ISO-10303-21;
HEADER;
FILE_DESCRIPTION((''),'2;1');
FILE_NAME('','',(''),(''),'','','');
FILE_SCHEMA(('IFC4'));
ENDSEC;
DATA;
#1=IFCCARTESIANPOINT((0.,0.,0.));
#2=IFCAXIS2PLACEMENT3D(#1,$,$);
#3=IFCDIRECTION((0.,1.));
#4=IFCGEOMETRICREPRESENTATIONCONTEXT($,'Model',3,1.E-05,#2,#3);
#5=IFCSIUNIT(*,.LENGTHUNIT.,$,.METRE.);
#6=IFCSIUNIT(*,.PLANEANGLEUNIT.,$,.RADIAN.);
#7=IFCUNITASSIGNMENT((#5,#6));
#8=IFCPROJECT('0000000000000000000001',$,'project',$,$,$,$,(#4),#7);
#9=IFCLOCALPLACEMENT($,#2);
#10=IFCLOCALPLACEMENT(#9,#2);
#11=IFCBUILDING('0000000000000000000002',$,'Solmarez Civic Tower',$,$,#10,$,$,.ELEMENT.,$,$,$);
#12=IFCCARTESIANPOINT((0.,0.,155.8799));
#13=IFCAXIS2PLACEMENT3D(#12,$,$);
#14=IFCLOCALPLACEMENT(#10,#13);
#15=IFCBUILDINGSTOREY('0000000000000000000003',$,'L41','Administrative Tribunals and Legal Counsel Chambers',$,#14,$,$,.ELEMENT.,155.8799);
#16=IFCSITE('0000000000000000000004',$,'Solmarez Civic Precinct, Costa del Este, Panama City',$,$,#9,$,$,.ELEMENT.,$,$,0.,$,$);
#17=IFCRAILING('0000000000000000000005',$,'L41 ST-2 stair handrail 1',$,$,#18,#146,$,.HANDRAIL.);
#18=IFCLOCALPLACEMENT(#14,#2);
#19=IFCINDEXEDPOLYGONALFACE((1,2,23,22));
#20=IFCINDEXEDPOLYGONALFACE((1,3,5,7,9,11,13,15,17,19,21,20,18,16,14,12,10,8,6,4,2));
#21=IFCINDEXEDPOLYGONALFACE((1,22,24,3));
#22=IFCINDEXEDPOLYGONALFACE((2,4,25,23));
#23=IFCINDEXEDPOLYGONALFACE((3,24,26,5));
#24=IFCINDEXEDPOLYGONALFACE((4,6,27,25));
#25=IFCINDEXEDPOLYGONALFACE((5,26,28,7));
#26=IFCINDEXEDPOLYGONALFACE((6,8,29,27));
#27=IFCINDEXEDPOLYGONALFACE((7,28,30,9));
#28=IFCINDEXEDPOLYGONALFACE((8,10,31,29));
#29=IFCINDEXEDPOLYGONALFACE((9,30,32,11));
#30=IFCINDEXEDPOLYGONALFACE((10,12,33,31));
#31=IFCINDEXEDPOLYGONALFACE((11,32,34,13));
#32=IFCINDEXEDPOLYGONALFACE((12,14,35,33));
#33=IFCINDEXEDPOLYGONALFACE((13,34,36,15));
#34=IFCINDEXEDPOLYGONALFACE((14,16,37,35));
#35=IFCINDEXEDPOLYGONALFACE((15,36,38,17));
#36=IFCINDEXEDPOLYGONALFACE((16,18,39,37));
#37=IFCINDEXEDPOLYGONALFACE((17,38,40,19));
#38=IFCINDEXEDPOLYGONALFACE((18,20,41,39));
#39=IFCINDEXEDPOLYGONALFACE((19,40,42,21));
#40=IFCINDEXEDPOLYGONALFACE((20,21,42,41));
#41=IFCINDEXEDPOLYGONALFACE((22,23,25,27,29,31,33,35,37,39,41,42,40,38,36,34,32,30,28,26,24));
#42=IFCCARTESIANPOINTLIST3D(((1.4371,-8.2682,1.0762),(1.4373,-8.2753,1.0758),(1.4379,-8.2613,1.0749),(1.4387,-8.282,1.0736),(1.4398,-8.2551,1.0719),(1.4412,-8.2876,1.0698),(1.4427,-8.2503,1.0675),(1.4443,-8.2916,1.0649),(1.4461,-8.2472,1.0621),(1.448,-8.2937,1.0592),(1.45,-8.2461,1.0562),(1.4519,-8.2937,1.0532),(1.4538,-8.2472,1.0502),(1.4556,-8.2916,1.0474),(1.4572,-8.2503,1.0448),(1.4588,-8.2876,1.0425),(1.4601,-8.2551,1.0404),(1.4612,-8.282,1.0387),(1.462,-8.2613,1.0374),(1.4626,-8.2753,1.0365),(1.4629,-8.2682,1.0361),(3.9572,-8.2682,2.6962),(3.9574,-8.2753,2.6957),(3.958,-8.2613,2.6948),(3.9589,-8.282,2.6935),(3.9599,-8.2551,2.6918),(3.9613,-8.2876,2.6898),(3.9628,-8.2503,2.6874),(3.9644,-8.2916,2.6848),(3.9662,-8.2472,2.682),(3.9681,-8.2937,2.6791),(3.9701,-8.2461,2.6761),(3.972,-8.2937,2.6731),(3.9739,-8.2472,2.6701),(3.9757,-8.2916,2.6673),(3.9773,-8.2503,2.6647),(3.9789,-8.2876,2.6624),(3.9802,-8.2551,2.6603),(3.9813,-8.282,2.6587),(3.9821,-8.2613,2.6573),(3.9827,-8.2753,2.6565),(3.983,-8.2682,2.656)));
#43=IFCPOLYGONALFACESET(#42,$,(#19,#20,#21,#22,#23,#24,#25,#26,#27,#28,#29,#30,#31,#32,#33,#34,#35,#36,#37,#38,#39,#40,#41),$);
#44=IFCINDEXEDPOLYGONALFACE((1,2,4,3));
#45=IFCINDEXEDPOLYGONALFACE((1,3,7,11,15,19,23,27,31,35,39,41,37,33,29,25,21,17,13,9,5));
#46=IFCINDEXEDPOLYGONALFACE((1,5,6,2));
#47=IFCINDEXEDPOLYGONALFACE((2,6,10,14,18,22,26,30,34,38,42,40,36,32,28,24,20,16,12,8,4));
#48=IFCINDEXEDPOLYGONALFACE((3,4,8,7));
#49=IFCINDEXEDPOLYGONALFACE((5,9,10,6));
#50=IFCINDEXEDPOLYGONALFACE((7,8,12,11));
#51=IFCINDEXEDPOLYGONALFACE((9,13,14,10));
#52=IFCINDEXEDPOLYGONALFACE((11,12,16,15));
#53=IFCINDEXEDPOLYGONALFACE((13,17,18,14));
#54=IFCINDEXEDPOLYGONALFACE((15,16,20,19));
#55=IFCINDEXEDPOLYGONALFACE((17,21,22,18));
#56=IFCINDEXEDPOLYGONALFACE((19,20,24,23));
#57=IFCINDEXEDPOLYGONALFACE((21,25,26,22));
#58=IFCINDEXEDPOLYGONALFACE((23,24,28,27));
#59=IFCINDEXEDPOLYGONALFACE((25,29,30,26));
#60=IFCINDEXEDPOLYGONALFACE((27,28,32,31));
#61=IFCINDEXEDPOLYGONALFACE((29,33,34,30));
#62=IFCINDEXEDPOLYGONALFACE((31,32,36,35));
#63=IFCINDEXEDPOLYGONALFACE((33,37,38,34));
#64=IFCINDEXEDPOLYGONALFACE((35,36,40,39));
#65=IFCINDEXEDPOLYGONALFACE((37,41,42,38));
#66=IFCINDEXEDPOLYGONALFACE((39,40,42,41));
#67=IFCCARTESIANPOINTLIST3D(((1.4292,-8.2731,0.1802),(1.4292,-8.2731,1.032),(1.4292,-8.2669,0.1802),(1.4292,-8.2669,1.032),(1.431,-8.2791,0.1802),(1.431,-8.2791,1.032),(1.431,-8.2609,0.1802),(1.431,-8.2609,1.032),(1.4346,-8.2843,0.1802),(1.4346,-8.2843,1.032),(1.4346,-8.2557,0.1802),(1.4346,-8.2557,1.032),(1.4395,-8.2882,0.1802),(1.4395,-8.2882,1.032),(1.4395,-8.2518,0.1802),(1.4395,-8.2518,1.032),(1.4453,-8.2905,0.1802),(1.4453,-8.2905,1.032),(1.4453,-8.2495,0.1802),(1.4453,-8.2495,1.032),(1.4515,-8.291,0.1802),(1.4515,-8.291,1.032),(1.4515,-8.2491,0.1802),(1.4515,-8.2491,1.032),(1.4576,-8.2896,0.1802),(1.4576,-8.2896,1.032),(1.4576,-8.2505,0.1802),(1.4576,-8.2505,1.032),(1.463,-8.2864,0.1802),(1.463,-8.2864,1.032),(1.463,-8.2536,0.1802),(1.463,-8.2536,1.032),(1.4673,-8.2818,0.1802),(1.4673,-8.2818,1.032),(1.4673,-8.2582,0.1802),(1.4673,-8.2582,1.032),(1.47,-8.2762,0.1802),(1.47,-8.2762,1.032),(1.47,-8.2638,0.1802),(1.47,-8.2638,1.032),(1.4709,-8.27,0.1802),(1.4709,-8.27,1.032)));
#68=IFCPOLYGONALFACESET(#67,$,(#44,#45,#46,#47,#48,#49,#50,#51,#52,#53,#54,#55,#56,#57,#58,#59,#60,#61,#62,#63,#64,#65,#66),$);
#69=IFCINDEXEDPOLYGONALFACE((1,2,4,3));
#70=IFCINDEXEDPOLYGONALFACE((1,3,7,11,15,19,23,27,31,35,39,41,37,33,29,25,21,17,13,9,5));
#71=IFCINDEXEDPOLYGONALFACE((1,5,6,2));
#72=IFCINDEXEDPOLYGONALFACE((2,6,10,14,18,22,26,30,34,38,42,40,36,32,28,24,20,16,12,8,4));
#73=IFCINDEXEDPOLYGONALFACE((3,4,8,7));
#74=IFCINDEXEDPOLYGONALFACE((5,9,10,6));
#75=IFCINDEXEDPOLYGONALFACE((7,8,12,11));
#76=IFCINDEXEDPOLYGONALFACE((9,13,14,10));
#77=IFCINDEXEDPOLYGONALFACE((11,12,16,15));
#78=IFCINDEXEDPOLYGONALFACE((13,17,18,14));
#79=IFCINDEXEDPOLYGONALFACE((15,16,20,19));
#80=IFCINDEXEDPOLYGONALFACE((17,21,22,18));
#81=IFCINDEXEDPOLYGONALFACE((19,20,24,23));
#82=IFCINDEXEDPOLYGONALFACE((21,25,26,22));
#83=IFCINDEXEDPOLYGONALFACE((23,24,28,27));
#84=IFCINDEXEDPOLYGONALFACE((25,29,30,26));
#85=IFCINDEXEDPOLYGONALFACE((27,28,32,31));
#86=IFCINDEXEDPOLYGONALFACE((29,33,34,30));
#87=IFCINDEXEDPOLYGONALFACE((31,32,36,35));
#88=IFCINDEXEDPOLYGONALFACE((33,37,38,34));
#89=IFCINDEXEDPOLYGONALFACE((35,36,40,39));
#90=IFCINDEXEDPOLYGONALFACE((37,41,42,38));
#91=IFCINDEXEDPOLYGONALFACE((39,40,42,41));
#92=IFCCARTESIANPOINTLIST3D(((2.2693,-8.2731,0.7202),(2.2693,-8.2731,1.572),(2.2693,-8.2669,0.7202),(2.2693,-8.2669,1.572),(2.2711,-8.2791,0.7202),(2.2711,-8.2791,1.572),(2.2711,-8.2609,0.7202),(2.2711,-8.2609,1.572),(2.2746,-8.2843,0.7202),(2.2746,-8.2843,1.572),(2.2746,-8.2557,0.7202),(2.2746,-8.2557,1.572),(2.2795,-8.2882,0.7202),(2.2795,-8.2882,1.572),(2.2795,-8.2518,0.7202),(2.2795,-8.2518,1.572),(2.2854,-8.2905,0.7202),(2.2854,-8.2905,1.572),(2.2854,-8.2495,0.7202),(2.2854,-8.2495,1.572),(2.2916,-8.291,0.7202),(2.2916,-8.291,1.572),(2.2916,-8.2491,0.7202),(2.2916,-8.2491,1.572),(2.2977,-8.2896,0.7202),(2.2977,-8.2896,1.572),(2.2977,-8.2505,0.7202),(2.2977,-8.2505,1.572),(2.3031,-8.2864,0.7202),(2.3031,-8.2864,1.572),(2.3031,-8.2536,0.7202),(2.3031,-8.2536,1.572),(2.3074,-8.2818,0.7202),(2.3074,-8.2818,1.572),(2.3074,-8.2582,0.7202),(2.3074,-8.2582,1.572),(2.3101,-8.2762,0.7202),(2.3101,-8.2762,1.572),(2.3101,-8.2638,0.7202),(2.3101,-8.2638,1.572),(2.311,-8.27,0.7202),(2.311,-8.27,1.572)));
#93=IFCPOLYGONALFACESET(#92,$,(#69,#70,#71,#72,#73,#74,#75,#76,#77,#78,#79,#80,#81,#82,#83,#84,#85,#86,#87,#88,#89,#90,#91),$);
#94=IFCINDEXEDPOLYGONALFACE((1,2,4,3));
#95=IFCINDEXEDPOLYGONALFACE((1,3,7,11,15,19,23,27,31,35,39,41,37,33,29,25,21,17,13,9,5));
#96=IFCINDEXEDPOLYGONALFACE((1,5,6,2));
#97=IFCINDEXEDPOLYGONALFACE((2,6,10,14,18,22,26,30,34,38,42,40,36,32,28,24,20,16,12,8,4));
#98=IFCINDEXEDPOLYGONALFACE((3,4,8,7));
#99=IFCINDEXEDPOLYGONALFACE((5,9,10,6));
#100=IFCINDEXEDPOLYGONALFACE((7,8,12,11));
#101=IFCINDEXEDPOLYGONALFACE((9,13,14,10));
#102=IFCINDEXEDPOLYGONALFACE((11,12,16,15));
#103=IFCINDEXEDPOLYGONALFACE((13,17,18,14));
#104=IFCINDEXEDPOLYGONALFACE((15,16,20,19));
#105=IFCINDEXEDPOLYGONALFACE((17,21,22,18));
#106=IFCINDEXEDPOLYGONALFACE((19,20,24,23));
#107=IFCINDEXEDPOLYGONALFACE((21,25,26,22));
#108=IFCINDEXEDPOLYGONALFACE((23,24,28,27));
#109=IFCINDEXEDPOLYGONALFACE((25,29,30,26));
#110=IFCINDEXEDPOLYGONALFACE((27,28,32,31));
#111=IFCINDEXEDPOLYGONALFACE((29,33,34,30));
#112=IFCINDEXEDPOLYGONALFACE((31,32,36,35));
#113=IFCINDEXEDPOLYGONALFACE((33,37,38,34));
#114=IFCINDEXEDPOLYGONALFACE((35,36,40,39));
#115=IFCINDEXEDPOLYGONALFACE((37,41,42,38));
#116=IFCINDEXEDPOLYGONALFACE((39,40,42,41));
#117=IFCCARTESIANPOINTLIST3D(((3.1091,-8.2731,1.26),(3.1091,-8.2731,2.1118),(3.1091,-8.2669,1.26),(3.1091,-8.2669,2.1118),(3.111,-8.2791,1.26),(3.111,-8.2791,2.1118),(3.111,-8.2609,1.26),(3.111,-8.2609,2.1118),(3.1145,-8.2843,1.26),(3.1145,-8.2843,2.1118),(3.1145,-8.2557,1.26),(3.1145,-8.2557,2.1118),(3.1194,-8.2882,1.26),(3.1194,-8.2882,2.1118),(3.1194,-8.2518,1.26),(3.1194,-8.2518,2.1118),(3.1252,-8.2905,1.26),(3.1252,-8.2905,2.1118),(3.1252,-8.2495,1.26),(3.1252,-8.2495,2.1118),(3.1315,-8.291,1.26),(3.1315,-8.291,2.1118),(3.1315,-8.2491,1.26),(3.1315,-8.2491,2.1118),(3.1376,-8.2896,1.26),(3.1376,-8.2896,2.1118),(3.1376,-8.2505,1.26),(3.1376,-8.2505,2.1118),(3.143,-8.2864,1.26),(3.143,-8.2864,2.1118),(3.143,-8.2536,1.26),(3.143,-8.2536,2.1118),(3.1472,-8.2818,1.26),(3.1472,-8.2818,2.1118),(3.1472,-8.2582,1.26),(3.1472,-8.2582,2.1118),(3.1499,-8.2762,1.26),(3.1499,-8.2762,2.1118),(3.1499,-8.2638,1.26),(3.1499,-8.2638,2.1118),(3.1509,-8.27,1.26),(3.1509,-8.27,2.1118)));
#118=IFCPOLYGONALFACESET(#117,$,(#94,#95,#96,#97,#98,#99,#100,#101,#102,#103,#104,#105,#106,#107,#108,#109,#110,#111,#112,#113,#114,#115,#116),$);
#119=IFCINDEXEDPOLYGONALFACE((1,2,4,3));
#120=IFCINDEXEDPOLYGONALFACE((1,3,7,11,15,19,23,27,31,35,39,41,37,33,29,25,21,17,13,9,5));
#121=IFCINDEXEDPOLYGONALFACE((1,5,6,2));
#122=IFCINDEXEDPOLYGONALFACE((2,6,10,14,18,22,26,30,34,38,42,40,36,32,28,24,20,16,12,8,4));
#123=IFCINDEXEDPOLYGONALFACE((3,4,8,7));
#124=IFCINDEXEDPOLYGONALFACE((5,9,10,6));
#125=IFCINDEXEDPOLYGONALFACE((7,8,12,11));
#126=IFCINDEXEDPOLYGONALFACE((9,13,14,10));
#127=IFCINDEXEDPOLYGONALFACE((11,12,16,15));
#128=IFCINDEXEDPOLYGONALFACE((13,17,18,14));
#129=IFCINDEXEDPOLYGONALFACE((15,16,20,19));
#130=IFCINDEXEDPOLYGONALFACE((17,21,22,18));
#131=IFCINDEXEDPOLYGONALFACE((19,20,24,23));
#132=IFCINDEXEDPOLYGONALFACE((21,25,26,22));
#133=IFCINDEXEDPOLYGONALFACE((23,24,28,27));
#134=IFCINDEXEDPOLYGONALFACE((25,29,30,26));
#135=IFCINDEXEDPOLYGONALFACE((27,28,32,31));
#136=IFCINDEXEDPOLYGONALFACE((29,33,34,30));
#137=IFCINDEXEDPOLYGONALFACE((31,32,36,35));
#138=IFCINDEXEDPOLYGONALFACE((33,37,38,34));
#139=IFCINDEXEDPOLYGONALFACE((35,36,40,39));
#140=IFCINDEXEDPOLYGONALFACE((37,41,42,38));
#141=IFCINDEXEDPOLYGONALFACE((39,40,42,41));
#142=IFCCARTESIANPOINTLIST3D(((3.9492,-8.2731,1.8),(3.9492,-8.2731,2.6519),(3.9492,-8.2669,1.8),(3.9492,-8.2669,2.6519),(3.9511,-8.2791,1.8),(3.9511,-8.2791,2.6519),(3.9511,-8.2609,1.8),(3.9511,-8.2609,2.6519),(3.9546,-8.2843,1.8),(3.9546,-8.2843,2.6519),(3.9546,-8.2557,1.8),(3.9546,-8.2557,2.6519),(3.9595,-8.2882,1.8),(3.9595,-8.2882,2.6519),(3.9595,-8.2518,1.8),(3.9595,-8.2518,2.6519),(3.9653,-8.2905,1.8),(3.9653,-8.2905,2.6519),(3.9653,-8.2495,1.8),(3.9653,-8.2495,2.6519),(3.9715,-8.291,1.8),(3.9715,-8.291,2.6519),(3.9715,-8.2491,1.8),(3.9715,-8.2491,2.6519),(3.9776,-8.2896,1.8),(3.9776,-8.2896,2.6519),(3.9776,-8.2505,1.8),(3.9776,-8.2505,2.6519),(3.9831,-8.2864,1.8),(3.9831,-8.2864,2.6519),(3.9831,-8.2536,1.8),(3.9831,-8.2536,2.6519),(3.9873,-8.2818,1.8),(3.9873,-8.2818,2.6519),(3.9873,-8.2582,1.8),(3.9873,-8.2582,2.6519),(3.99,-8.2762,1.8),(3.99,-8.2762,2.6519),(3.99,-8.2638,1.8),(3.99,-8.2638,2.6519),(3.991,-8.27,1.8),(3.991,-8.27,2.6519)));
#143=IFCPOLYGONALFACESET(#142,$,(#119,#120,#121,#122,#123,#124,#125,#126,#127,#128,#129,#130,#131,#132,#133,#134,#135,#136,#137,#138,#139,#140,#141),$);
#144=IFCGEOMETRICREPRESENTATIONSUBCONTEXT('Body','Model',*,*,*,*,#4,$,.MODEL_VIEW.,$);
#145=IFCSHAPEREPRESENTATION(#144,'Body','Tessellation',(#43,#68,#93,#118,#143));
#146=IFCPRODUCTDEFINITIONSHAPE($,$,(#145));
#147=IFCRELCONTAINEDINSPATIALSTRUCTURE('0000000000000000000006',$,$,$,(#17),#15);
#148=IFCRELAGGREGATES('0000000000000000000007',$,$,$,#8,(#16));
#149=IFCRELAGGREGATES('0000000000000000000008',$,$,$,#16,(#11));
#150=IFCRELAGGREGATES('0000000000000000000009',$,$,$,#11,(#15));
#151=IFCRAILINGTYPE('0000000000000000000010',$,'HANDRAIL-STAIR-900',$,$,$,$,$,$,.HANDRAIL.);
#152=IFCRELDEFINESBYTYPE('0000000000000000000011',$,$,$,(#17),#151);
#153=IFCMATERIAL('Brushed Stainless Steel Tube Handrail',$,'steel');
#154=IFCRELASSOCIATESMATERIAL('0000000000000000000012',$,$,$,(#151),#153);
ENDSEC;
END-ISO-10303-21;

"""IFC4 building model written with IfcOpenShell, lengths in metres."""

from ifc_helpers import new_model, si_unit, direction, frame, origin, origin_2d, place, context, subcontext, project, spatial, circle, extrude, material, type_object, element, save


model = new_model("IFC4")

# Units and contexts
model_context = context("Model", 3, precision=1e-05, world=origin(), true_north=direction((0.0, 1.0)))
body_context = subcontext(model_context, "Body", "Model", "MODEL_VIEW")
ifc_project = project(units=[si_unit("LENGTHUNIT", "METRE"), si_unit("PLANEANGLEUNIT", "RADIAN")], contexts=[model_context])

# Site, building, storey
site_placement = place(None, origin())
site = spatial("IfcSite", under=ifc_project, at=site_placement, Name="Solmarez Civic Precinct, Costa del Este, Panama City", CompositionType="ELEMENT", RefElevation=0.0)
building_placement = place(site_placement, origin())
building = spatial("IfcBuilding", under=site, at=building_placement, Name="Solmarez Civic Tower", CompositionType="ELEMENT")
storey_placement = place(building_placement, frame((0.0, 0.0, 155.8799)))
storey = spatial("IfcBuildingStorey", under=building, at=storey_placement, Name="L41", Description="Administrative Tribunals and Legal Counsel Chambers", CompositionType="ELEMENT", Elevation=155.8799)

# Railing
ifc_material_1 = material(Name="Brushed Stainless Steel Tube Handrail", Category="steel")
railing_type_1 = type_object("IfcRailingType", Name="HANDRAIL-STAIR-900", PredefinedType="HANDRAIL", material=ifc_material_1)
railing_1_placement = place(storey_placement, frame((1.45, -8.27, 0.1802)))
element("IfcRailing", 1, at=railing_1_placement, inside=storey, type_object=railing_type_1, Name="L41 ST-2 stair handrail 1", PredefinedType="HANDRAIL", context=body_context, shape_type="SweptSolid", body=[
    extrude(circle(Radius=0.0239, at=origin_2d()), frame((0.0, 0.0, 0.876), z_axis=(0.8412, 0.0, 0.540725), x_axis=(0.0, 1.0, 0.0)), (0.0, 0.0, 1.0), 2.9958),
    extrude(circle(Radius=0.021, at=origin_2d()), origin(), (0.0, 0.0, 1.0), 0.8518),
    extrude(circle(Radius=0.021, at=origin_2d()), frame((0.8401, 0.0, 0.54)), (0.0, 0.0, 1.0), 0.8518),
    extrude(circle(Radius=0.021, at=origin_2d()), frame((1.6799, 0.0, 1.0798)), (0.0, 0.0, 1.0), 0.8518),
    extrude(circle(Radius=0.021, at=origin_2d()), frame((2.52, 0.0, 1.6199)), (0.0, 0.0, 1.0), 0.8518),
])

save(model, "model.ifc")
